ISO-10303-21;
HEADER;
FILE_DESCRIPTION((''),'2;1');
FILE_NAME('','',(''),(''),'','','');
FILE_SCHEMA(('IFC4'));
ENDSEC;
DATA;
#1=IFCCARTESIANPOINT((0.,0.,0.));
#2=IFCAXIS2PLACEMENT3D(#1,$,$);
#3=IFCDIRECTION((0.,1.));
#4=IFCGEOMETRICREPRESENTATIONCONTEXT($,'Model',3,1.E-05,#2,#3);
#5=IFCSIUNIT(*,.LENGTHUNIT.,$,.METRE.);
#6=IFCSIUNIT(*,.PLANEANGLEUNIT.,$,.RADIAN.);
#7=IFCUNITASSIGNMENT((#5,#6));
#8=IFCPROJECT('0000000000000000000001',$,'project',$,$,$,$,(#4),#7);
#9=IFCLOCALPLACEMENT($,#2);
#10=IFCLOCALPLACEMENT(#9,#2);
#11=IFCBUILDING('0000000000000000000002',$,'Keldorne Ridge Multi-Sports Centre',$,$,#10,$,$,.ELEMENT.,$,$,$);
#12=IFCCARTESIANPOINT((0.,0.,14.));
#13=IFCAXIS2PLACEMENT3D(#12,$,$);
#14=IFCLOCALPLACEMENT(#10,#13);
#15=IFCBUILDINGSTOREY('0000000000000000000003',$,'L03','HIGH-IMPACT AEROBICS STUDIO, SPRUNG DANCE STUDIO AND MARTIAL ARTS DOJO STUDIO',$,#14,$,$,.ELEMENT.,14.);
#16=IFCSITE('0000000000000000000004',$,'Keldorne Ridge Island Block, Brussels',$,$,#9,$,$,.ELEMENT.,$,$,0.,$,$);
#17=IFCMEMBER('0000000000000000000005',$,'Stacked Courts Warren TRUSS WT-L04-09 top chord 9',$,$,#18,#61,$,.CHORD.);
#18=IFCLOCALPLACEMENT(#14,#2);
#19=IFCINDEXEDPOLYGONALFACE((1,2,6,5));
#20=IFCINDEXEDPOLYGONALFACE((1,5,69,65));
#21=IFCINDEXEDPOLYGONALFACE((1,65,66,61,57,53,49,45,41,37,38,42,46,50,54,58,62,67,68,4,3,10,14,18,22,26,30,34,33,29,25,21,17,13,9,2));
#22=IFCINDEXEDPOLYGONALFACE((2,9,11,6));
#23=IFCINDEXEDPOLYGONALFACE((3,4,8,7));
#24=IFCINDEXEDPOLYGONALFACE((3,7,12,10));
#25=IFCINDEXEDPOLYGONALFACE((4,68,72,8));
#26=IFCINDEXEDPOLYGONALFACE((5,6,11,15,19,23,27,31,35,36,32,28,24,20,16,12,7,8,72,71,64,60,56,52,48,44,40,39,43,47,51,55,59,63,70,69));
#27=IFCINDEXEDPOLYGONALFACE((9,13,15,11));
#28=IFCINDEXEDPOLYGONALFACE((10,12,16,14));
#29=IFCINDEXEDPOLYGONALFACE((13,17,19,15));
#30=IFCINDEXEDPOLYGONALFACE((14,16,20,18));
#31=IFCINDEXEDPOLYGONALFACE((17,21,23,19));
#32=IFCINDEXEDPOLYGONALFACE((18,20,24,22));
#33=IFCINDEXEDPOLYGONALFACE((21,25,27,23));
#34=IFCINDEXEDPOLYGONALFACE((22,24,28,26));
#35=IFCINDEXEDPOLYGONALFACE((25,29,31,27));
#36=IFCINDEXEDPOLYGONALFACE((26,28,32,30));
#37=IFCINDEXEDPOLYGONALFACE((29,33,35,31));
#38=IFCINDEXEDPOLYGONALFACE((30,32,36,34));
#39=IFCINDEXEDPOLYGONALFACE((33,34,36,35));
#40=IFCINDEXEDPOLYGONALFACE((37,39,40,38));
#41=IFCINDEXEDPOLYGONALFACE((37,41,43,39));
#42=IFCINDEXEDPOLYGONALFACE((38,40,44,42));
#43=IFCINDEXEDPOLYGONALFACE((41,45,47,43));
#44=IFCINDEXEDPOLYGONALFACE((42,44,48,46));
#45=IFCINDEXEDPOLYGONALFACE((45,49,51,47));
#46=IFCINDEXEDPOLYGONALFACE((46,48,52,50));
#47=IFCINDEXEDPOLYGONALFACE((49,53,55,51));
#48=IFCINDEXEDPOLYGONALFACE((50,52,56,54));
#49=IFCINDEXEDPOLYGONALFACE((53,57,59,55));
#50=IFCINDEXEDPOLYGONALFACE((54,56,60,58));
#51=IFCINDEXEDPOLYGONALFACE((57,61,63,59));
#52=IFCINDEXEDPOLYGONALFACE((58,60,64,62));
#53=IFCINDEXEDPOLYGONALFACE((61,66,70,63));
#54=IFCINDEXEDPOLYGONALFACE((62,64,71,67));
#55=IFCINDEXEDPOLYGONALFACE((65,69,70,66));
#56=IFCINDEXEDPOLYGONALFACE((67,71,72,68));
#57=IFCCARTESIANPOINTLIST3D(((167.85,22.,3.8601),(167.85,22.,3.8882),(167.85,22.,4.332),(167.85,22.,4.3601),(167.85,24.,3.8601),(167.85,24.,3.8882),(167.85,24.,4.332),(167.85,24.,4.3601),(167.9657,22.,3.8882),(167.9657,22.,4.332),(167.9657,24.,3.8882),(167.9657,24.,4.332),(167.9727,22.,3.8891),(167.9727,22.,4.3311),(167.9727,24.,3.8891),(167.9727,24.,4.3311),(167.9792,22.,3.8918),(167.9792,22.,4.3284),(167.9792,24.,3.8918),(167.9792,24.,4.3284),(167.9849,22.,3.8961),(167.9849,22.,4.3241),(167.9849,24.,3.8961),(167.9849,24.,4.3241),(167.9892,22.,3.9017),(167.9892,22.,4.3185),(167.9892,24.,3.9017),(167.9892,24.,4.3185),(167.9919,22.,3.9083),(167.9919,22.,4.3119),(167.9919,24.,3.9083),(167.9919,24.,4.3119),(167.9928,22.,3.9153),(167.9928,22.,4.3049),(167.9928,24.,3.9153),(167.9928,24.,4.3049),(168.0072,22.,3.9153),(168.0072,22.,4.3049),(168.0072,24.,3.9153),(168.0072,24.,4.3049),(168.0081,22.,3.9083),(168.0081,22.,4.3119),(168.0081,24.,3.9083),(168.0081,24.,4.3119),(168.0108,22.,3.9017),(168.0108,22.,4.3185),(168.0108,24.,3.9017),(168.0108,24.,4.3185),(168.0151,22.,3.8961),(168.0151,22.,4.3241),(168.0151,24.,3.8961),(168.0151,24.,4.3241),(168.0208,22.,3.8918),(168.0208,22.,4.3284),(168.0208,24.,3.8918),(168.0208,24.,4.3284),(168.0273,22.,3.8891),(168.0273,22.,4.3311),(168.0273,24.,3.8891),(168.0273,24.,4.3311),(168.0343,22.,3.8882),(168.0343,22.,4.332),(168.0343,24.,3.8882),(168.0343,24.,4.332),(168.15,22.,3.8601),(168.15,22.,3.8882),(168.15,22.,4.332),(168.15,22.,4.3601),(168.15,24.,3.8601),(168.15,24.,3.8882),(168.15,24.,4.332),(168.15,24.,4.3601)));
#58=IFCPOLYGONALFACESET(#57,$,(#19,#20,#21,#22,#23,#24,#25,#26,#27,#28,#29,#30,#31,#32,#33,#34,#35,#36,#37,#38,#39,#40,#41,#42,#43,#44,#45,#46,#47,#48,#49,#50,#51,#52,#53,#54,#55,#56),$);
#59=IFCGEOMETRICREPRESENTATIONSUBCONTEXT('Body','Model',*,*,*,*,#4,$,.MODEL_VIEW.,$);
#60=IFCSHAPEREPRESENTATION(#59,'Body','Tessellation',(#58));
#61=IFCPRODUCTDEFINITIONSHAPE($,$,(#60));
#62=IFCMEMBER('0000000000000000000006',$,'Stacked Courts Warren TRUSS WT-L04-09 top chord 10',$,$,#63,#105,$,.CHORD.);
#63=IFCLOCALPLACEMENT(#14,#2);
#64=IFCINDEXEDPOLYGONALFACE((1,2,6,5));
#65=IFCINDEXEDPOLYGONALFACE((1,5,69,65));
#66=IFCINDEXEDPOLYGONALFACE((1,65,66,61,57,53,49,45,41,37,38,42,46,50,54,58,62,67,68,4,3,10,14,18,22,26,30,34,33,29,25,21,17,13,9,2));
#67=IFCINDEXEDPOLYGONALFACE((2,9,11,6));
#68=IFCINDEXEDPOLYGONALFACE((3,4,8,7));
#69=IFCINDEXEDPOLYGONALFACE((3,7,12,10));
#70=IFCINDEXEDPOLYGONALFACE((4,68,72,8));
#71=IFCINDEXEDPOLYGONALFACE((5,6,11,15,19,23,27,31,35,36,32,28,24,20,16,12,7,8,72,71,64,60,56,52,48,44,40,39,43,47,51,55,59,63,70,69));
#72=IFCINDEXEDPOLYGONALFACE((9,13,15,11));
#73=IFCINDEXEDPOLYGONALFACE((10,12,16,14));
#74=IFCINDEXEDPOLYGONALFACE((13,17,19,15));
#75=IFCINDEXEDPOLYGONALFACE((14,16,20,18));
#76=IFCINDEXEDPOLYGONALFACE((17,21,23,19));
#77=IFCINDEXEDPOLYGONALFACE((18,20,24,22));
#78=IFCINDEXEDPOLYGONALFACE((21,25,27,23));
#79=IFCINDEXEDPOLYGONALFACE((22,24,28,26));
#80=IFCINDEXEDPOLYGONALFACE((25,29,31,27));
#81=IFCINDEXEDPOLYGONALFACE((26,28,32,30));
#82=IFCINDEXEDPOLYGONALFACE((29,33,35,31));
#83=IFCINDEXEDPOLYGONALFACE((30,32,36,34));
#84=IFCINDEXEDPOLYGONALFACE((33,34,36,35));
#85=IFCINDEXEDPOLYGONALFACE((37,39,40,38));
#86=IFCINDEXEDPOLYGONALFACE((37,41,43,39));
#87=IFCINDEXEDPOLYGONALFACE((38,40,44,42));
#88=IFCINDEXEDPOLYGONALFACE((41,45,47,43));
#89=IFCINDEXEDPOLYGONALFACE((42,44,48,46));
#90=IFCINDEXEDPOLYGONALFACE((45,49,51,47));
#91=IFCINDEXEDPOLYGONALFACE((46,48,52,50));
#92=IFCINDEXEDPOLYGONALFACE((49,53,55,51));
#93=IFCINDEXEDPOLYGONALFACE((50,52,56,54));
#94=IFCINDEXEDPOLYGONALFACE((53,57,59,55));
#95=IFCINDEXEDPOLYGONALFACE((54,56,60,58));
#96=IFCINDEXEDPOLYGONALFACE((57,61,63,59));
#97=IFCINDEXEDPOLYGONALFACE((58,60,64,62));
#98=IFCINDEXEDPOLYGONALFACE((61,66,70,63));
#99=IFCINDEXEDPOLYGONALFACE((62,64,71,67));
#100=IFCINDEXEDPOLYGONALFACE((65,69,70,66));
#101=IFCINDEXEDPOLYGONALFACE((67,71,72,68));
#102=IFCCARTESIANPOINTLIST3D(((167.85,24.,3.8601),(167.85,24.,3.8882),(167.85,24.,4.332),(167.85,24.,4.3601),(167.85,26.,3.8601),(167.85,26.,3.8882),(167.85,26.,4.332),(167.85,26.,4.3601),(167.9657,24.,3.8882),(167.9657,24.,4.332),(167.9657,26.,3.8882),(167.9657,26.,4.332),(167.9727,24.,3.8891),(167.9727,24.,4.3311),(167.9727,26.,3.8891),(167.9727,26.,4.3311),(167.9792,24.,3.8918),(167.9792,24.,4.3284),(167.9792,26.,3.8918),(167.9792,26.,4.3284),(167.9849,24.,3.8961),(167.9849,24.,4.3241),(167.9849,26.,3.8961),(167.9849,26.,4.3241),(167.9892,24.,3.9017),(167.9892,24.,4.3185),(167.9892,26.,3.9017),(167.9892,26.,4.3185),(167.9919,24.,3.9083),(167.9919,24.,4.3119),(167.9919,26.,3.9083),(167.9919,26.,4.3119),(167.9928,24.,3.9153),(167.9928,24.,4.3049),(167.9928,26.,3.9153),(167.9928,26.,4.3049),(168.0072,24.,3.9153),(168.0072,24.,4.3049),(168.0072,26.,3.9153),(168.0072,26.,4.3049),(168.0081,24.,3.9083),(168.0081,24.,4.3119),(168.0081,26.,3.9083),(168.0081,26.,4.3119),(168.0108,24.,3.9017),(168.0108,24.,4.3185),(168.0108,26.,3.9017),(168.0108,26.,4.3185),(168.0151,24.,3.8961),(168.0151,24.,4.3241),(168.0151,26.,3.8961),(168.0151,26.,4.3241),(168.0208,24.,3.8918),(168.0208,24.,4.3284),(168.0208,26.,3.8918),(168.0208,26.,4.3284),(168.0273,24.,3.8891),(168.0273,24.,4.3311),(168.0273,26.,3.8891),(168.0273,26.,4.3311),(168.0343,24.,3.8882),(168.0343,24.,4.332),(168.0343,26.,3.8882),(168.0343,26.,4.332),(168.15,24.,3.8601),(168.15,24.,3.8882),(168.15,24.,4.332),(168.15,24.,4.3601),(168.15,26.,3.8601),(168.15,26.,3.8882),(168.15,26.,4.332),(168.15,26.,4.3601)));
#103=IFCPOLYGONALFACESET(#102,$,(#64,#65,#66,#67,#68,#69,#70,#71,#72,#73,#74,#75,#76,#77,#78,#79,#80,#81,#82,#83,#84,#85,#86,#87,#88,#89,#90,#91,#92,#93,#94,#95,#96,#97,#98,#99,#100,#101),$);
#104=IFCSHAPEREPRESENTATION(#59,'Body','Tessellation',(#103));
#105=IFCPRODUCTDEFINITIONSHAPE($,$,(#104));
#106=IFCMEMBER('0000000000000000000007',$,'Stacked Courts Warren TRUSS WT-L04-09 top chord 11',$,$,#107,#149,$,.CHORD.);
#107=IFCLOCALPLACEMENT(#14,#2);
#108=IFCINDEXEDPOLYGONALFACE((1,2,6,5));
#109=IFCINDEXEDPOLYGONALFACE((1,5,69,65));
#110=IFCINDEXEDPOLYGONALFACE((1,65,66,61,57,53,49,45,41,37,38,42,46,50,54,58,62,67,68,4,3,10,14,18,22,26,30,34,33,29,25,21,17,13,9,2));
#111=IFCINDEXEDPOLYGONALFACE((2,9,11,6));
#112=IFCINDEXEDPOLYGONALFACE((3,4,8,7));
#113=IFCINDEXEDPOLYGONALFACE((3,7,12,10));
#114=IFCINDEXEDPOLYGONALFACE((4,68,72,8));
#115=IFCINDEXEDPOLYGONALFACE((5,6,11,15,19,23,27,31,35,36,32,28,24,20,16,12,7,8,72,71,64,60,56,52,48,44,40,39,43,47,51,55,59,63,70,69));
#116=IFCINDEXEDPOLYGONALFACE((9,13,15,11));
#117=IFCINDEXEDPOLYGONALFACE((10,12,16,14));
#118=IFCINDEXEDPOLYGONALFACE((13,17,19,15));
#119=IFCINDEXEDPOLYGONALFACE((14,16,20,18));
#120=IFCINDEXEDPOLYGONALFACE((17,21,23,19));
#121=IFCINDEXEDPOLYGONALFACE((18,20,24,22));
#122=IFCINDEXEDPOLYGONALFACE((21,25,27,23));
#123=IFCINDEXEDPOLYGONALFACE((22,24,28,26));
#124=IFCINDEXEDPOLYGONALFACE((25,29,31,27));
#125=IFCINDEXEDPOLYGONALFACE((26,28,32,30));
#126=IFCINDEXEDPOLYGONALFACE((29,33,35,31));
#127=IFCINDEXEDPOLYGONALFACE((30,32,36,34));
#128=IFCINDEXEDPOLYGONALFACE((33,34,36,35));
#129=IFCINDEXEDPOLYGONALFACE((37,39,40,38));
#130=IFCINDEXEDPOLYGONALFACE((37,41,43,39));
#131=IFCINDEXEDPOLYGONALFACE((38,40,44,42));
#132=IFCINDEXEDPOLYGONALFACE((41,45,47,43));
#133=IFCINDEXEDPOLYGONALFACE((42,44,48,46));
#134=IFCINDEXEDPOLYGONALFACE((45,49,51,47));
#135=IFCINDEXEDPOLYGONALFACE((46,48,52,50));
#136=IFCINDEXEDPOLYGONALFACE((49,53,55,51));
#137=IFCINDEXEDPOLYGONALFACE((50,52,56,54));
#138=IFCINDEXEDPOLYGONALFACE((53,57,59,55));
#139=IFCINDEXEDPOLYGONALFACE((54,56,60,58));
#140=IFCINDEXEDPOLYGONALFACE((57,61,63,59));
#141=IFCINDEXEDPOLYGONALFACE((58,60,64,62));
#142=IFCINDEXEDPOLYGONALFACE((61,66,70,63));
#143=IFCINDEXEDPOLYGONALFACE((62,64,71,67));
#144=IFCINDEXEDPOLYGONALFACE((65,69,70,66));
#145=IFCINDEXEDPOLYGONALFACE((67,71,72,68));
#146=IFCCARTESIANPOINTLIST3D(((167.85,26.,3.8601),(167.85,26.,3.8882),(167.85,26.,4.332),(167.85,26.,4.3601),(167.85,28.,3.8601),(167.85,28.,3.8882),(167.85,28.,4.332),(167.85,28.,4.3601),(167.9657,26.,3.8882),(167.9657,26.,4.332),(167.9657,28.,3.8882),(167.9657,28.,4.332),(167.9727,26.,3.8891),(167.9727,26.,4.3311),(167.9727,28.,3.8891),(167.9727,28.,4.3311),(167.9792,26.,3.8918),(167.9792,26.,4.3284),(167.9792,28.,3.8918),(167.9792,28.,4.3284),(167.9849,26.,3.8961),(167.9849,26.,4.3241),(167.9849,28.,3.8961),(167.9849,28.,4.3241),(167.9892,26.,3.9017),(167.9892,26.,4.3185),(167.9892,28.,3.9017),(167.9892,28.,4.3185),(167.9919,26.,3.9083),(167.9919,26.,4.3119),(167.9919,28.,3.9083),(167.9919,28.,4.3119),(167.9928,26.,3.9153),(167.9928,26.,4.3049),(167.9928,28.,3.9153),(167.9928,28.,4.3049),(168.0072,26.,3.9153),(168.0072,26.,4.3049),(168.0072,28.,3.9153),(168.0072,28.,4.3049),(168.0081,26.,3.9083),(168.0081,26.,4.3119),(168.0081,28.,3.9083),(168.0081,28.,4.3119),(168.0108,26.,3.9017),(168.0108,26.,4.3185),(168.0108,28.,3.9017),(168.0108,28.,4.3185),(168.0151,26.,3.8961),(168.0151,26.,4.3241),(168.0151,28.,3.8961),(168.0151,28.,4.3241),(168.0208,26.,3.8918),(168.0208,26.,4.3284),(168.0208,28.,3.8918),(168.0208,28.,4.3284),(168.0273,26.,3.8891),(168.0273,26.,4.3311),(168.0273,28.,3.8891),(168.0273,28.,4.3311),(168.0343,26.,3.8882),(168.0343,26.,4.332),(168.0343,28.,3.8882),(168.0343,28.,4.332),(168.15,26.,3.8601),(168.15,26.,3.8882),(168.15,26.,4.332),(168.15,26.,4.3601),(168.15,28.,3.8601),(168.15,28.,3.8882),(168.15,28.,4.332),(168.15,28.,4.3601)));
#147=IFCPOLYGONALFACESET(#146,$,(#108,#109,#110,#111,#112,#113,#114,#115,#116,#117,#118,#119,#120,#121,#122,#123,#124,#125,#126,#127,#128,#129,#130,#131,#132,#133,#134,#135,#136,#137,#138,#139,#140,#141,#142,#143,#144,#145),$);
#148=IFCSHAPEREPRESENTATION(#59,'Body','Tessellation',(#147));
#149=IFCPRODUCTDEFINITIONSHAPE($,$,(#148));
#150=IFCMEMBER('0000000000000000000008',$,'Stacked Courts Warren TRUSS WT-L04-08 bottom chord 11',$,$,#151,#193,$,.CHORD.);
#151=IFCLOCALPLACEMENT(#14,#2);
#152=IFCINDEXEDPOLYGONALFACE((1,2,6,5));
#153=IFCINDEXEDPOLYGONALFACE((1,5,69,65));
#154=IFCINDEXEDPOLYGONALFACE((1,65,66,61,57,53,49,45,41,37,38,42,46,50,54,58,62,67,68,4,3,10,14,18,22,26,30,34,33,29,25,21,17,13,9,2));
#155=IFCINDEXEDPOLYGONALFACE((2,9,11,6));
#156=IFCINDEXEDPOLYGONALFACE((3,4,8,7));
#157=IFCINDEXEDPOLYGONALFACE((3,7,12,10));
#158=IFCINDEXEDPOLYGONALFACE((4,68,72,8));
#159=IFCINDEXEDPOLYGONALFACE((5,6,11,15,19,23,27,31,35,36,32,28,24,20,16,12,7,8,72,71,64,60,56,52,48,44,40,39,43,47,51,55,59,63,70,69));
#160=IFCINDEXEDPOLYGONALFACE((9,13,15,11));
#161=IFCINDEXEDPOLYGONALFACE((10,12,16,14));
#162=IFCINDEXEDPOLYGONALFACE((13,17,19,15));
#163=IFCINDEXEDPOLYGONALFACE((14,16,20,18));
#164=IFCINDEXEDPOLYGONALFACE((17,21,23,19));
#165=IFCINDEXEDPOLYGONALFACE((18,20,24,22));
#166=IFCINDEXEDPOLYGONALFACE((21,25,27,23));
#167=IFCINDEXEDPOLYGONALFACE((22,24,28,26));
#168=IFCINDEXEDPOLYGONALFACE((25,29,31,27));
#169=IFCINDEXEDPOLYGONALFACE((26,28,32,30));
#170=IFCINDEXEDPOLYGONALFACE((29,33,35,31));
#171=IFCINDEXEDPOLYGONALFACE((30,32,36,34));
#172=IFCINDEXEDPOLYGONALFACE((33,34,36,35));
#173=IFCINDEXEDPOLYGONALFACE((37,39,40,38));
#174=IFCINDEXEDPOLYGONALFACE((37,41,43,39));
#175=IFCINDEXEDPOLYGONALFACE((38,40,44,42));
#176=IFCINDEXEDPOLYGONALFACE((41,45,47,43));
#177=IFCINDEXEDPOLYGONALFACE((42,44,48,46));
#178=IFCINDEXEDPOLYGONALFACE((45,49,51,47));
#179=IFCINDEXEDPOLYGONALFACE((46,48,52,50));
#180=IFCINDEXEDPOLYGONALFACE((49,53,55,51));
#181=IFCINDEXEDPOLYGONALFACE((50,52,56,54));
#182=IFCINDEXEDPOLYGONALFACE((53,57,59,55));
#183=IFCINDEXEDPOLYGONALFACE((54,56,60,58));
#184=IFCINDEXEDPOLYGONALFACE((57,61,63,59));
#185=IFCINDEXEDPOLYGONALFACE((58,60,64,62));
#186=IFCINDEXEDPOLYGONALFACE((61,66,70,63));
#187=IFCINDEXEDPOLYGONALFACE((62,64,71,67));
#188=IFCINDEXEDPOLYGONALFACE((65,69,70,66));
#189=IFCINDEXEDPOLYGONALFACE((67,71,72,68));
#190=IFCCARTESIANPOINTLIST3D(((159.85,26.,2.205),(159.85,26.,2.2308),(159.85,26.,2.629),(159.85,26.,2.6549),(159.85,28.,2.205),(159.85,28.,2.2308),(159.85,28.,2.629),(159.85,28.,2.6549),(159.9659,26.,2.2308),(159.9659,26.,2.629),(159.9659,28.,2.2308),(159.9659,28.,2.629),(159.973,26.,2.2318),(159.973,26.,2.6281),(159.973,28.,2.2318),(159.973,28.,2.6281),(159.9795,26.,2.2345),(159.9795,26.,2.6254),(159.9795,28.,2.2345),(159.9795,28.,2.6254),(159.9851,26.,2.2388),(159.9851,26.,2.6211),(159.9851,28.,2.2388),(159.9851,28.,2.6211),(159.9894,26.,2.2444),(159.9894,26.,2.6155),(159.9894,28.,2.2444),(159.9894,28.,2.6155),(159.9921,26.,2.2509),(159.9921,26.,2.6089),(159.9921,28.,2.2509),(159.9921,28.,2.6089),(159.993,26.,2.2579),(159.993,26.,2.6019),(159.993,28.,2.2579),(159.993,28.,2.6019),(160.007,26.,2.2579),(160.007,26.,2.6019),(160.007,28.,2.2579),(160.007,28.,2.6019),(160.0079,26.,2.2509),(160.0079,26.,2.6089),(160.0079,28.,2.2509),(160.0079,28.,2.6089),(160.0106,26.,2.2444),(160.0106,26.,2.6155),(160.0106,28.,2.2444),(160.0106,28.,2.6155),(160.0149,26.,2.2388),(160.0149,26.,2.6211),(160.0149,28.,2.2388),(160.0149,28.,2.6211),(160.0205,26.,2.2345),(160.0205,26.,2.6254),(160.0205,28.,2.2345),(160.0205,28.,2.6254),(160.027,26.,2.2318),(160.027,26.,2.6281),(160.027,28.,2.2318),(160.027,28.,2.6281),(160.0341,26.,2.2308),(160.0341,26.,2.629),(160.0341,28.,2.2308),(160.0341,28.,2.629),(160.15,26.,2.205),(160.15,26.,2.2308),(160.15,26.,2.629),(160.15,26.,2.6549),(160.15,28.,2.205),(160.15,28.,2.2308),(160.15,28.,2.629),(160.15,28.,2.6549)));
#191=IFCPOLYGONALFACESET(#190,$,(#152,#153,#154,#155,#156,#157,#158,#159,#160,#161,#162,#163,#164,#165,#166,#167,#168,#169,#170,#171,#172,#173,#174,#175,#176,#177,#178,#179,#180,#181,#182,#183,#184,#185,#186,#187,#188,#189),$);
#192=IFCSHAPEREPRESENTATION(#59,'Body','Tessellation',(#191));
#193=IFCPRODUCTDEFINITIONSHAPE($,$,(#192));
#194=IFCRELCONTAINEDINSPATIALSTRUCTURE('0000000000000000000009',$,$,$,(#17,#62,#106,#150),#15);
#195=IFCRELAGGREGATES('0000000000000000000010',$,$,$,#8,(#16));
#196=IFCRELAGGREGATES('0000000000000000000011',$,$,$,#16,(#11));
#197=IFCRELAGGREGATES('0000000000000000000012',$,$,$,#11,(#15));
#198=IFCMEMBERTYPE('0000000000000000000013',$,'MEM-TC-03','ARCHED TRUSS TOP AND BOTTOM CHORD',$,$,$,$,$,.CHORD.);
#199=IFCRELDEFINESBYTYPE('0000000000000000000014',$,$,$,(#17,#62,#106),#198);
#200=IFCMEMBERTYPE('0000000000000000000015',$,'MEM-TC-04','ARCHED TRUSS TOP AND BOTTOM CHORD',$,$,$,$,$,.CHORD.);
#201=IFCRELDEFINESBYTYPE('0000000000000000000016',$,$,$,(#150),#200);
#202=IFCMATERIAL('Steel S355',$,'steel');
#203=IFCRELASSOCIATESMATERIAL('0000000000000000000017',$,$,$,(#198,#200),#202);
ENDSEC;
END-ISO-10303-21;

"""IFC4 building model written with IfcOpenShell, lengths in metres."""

from ifc_helpers import new_model, si_unit, direction, frame, origin, origin_2d, place, context, subcontext, project, spatial, i_section, extrude, material, material_profile, profile_set, type_object, element, save


model = new_model("IFC4")

# Units and contexts
model_context = context("Model", 3, precision=1e-05, world=origin(), true_north=direction((0.0, 1.0)))
body_context = subcontext(model_context, "Body", "Model", "MODEL_VIEW")
ifc_project = project(units=[si_unit("LENGTHUNIT", "METRE"), si_unit("PLANEANGLEUNIT", "RADIAN")], contexts=[model_context])

# Site, building, storey
site_placement = place(None, origin())
site = spatial("IfcSite", under=ifc_project, at=site_placement, Name="Keldorne Ridge Island Block, Brussels", CompositionType="ELEMENT", RefElevation=0.0)
building_placement = place(site_placement, origin())
building = spatial("IfcBuilding", under=site, at=building_placement, Name="Keldorne Ridge Multi-Sports Centre", CompositionType="ELEMENT")
storey_placement = place(building_placement, frame((0.0, 0.0, 14.0)))
storey = spatial("IfcBuildingStorey", under=building, at=storey_placement, Name="L03", Description="HIGH-IMPACT AEROBICS STUDIO, SPRUNG DANCE STUDIO AND MARTIAL ARTS DOJO STUDIO", CompositionType="ELEMENT", Elevation=14.0)

# Shared definitions
ifc_material_1 = material(Name="Steel S355", Category="steel")

# Members
ifc_material_profile_1 = material_profile(ifc_material_1, i_section(OverallWidth=0.3, OverallDepth=0.5, WebThickness=0.0144, FlangeThickness=0.0281, FilletRadius=0.0271, at=origin_2d()), Name="HEB 500")
ifc_profile_set_1 = profile_set([ifc_material_profile_1], Name="Steel S355")
member_type_1 = type_object("IfcMemberType", Name="MEM-TC-03", Description="ARCHED TRUSS TOP AND BOTTOM CHORD", PredefinedType="CHORD", material=ifc_profile_set_1)
for number, where, z_axis, x_axis, name in (
    (1, (168.0, 22.0, 4.1101), (0.0, 1.0, 0.0), (-1.0, 0.0, 0.0), "Stacked Courts Warren TRUSS WT-L04-09 top chord 9"),
    (2, (168.0, 24.0, 4.1101), (0.0, 1.0, 0.0), (-1.0, 0.0, 0.0), "Stacked Courts Warren TRUSS WT-L04-09 top chord 10"),
    (3, (168.0, 26.0, 4.1101), (0.0, 1.0, 0.0), (-1.0, 0.0, 0.0), "Stacked Courts Warren TRUSS WT-L04-09 top chord 11"),
):
    element("IfcMember", number, at=place(storey_placement, frame(where, z_axis=z_axis, x_axis=x_axis)), inside=storey, type_object=member_type_1, Name=name, PredefinedType="CHORD", context=body_context, shape_type="SweptSolid", body=[
        extrude(i_section(OverallWidth=0.3, OverallDepth=0.5, WebThickness=0.0144, FlangeThickness=0.0281, FilletRadius=0.0271, at=origin_2d()), origin(), (0.0, 0.0, 1.0), 2.0),
    ])
ifc_material_profile_2 = material_profile(ifc_material_1, i_section(OverallWidth=0.3, OverallDepth=0.45, WebThickness=0.0139, FlangeThickness=0.0259, FilletRadius=0.0271, at=origin_2d()), Name="HEB 450")
ifc_profile_set_2 = profile_set([ifc_material_profile_2], Name="Steel S355")
member_type_2 = type_object("IfcMemberType", Name="MEM-TC-04", Description="ARCHED TRUSS TOP AND BOTTOM CHORD", PredefinedType="CHORD", material=ifc_profile_set_2)
for number, where, z_axis, x_axis, name in (
    (4, (160.0, 26.0, 2.4299), (0.0, 1.0, 0.0), (-1.0, 0.0, 0.0), "Stacked Courts Warren TRUSS WT-L04-08 bottom chord 11"),
):
    element("IfcMember", number, at=place(storey_placement, frame(where, z_axis=z_axis, x_axis=x_axis)), inside=storey, type_object=member_type_2, Name=name, PredefinedType="CHORD", context=body_context, shape_type="SweptSolid", body=[
        extrude(i_section(OverallWidth=0.3, OverallDepth=0.45, WebThickness=0.0139, FlangeThickness=0.0259, FilletRadius=0.0271, at=origin_2d()), origin(), (0.0, 0.0, 1.0), 2.0),
    ])

save(model, "model.ifc")
